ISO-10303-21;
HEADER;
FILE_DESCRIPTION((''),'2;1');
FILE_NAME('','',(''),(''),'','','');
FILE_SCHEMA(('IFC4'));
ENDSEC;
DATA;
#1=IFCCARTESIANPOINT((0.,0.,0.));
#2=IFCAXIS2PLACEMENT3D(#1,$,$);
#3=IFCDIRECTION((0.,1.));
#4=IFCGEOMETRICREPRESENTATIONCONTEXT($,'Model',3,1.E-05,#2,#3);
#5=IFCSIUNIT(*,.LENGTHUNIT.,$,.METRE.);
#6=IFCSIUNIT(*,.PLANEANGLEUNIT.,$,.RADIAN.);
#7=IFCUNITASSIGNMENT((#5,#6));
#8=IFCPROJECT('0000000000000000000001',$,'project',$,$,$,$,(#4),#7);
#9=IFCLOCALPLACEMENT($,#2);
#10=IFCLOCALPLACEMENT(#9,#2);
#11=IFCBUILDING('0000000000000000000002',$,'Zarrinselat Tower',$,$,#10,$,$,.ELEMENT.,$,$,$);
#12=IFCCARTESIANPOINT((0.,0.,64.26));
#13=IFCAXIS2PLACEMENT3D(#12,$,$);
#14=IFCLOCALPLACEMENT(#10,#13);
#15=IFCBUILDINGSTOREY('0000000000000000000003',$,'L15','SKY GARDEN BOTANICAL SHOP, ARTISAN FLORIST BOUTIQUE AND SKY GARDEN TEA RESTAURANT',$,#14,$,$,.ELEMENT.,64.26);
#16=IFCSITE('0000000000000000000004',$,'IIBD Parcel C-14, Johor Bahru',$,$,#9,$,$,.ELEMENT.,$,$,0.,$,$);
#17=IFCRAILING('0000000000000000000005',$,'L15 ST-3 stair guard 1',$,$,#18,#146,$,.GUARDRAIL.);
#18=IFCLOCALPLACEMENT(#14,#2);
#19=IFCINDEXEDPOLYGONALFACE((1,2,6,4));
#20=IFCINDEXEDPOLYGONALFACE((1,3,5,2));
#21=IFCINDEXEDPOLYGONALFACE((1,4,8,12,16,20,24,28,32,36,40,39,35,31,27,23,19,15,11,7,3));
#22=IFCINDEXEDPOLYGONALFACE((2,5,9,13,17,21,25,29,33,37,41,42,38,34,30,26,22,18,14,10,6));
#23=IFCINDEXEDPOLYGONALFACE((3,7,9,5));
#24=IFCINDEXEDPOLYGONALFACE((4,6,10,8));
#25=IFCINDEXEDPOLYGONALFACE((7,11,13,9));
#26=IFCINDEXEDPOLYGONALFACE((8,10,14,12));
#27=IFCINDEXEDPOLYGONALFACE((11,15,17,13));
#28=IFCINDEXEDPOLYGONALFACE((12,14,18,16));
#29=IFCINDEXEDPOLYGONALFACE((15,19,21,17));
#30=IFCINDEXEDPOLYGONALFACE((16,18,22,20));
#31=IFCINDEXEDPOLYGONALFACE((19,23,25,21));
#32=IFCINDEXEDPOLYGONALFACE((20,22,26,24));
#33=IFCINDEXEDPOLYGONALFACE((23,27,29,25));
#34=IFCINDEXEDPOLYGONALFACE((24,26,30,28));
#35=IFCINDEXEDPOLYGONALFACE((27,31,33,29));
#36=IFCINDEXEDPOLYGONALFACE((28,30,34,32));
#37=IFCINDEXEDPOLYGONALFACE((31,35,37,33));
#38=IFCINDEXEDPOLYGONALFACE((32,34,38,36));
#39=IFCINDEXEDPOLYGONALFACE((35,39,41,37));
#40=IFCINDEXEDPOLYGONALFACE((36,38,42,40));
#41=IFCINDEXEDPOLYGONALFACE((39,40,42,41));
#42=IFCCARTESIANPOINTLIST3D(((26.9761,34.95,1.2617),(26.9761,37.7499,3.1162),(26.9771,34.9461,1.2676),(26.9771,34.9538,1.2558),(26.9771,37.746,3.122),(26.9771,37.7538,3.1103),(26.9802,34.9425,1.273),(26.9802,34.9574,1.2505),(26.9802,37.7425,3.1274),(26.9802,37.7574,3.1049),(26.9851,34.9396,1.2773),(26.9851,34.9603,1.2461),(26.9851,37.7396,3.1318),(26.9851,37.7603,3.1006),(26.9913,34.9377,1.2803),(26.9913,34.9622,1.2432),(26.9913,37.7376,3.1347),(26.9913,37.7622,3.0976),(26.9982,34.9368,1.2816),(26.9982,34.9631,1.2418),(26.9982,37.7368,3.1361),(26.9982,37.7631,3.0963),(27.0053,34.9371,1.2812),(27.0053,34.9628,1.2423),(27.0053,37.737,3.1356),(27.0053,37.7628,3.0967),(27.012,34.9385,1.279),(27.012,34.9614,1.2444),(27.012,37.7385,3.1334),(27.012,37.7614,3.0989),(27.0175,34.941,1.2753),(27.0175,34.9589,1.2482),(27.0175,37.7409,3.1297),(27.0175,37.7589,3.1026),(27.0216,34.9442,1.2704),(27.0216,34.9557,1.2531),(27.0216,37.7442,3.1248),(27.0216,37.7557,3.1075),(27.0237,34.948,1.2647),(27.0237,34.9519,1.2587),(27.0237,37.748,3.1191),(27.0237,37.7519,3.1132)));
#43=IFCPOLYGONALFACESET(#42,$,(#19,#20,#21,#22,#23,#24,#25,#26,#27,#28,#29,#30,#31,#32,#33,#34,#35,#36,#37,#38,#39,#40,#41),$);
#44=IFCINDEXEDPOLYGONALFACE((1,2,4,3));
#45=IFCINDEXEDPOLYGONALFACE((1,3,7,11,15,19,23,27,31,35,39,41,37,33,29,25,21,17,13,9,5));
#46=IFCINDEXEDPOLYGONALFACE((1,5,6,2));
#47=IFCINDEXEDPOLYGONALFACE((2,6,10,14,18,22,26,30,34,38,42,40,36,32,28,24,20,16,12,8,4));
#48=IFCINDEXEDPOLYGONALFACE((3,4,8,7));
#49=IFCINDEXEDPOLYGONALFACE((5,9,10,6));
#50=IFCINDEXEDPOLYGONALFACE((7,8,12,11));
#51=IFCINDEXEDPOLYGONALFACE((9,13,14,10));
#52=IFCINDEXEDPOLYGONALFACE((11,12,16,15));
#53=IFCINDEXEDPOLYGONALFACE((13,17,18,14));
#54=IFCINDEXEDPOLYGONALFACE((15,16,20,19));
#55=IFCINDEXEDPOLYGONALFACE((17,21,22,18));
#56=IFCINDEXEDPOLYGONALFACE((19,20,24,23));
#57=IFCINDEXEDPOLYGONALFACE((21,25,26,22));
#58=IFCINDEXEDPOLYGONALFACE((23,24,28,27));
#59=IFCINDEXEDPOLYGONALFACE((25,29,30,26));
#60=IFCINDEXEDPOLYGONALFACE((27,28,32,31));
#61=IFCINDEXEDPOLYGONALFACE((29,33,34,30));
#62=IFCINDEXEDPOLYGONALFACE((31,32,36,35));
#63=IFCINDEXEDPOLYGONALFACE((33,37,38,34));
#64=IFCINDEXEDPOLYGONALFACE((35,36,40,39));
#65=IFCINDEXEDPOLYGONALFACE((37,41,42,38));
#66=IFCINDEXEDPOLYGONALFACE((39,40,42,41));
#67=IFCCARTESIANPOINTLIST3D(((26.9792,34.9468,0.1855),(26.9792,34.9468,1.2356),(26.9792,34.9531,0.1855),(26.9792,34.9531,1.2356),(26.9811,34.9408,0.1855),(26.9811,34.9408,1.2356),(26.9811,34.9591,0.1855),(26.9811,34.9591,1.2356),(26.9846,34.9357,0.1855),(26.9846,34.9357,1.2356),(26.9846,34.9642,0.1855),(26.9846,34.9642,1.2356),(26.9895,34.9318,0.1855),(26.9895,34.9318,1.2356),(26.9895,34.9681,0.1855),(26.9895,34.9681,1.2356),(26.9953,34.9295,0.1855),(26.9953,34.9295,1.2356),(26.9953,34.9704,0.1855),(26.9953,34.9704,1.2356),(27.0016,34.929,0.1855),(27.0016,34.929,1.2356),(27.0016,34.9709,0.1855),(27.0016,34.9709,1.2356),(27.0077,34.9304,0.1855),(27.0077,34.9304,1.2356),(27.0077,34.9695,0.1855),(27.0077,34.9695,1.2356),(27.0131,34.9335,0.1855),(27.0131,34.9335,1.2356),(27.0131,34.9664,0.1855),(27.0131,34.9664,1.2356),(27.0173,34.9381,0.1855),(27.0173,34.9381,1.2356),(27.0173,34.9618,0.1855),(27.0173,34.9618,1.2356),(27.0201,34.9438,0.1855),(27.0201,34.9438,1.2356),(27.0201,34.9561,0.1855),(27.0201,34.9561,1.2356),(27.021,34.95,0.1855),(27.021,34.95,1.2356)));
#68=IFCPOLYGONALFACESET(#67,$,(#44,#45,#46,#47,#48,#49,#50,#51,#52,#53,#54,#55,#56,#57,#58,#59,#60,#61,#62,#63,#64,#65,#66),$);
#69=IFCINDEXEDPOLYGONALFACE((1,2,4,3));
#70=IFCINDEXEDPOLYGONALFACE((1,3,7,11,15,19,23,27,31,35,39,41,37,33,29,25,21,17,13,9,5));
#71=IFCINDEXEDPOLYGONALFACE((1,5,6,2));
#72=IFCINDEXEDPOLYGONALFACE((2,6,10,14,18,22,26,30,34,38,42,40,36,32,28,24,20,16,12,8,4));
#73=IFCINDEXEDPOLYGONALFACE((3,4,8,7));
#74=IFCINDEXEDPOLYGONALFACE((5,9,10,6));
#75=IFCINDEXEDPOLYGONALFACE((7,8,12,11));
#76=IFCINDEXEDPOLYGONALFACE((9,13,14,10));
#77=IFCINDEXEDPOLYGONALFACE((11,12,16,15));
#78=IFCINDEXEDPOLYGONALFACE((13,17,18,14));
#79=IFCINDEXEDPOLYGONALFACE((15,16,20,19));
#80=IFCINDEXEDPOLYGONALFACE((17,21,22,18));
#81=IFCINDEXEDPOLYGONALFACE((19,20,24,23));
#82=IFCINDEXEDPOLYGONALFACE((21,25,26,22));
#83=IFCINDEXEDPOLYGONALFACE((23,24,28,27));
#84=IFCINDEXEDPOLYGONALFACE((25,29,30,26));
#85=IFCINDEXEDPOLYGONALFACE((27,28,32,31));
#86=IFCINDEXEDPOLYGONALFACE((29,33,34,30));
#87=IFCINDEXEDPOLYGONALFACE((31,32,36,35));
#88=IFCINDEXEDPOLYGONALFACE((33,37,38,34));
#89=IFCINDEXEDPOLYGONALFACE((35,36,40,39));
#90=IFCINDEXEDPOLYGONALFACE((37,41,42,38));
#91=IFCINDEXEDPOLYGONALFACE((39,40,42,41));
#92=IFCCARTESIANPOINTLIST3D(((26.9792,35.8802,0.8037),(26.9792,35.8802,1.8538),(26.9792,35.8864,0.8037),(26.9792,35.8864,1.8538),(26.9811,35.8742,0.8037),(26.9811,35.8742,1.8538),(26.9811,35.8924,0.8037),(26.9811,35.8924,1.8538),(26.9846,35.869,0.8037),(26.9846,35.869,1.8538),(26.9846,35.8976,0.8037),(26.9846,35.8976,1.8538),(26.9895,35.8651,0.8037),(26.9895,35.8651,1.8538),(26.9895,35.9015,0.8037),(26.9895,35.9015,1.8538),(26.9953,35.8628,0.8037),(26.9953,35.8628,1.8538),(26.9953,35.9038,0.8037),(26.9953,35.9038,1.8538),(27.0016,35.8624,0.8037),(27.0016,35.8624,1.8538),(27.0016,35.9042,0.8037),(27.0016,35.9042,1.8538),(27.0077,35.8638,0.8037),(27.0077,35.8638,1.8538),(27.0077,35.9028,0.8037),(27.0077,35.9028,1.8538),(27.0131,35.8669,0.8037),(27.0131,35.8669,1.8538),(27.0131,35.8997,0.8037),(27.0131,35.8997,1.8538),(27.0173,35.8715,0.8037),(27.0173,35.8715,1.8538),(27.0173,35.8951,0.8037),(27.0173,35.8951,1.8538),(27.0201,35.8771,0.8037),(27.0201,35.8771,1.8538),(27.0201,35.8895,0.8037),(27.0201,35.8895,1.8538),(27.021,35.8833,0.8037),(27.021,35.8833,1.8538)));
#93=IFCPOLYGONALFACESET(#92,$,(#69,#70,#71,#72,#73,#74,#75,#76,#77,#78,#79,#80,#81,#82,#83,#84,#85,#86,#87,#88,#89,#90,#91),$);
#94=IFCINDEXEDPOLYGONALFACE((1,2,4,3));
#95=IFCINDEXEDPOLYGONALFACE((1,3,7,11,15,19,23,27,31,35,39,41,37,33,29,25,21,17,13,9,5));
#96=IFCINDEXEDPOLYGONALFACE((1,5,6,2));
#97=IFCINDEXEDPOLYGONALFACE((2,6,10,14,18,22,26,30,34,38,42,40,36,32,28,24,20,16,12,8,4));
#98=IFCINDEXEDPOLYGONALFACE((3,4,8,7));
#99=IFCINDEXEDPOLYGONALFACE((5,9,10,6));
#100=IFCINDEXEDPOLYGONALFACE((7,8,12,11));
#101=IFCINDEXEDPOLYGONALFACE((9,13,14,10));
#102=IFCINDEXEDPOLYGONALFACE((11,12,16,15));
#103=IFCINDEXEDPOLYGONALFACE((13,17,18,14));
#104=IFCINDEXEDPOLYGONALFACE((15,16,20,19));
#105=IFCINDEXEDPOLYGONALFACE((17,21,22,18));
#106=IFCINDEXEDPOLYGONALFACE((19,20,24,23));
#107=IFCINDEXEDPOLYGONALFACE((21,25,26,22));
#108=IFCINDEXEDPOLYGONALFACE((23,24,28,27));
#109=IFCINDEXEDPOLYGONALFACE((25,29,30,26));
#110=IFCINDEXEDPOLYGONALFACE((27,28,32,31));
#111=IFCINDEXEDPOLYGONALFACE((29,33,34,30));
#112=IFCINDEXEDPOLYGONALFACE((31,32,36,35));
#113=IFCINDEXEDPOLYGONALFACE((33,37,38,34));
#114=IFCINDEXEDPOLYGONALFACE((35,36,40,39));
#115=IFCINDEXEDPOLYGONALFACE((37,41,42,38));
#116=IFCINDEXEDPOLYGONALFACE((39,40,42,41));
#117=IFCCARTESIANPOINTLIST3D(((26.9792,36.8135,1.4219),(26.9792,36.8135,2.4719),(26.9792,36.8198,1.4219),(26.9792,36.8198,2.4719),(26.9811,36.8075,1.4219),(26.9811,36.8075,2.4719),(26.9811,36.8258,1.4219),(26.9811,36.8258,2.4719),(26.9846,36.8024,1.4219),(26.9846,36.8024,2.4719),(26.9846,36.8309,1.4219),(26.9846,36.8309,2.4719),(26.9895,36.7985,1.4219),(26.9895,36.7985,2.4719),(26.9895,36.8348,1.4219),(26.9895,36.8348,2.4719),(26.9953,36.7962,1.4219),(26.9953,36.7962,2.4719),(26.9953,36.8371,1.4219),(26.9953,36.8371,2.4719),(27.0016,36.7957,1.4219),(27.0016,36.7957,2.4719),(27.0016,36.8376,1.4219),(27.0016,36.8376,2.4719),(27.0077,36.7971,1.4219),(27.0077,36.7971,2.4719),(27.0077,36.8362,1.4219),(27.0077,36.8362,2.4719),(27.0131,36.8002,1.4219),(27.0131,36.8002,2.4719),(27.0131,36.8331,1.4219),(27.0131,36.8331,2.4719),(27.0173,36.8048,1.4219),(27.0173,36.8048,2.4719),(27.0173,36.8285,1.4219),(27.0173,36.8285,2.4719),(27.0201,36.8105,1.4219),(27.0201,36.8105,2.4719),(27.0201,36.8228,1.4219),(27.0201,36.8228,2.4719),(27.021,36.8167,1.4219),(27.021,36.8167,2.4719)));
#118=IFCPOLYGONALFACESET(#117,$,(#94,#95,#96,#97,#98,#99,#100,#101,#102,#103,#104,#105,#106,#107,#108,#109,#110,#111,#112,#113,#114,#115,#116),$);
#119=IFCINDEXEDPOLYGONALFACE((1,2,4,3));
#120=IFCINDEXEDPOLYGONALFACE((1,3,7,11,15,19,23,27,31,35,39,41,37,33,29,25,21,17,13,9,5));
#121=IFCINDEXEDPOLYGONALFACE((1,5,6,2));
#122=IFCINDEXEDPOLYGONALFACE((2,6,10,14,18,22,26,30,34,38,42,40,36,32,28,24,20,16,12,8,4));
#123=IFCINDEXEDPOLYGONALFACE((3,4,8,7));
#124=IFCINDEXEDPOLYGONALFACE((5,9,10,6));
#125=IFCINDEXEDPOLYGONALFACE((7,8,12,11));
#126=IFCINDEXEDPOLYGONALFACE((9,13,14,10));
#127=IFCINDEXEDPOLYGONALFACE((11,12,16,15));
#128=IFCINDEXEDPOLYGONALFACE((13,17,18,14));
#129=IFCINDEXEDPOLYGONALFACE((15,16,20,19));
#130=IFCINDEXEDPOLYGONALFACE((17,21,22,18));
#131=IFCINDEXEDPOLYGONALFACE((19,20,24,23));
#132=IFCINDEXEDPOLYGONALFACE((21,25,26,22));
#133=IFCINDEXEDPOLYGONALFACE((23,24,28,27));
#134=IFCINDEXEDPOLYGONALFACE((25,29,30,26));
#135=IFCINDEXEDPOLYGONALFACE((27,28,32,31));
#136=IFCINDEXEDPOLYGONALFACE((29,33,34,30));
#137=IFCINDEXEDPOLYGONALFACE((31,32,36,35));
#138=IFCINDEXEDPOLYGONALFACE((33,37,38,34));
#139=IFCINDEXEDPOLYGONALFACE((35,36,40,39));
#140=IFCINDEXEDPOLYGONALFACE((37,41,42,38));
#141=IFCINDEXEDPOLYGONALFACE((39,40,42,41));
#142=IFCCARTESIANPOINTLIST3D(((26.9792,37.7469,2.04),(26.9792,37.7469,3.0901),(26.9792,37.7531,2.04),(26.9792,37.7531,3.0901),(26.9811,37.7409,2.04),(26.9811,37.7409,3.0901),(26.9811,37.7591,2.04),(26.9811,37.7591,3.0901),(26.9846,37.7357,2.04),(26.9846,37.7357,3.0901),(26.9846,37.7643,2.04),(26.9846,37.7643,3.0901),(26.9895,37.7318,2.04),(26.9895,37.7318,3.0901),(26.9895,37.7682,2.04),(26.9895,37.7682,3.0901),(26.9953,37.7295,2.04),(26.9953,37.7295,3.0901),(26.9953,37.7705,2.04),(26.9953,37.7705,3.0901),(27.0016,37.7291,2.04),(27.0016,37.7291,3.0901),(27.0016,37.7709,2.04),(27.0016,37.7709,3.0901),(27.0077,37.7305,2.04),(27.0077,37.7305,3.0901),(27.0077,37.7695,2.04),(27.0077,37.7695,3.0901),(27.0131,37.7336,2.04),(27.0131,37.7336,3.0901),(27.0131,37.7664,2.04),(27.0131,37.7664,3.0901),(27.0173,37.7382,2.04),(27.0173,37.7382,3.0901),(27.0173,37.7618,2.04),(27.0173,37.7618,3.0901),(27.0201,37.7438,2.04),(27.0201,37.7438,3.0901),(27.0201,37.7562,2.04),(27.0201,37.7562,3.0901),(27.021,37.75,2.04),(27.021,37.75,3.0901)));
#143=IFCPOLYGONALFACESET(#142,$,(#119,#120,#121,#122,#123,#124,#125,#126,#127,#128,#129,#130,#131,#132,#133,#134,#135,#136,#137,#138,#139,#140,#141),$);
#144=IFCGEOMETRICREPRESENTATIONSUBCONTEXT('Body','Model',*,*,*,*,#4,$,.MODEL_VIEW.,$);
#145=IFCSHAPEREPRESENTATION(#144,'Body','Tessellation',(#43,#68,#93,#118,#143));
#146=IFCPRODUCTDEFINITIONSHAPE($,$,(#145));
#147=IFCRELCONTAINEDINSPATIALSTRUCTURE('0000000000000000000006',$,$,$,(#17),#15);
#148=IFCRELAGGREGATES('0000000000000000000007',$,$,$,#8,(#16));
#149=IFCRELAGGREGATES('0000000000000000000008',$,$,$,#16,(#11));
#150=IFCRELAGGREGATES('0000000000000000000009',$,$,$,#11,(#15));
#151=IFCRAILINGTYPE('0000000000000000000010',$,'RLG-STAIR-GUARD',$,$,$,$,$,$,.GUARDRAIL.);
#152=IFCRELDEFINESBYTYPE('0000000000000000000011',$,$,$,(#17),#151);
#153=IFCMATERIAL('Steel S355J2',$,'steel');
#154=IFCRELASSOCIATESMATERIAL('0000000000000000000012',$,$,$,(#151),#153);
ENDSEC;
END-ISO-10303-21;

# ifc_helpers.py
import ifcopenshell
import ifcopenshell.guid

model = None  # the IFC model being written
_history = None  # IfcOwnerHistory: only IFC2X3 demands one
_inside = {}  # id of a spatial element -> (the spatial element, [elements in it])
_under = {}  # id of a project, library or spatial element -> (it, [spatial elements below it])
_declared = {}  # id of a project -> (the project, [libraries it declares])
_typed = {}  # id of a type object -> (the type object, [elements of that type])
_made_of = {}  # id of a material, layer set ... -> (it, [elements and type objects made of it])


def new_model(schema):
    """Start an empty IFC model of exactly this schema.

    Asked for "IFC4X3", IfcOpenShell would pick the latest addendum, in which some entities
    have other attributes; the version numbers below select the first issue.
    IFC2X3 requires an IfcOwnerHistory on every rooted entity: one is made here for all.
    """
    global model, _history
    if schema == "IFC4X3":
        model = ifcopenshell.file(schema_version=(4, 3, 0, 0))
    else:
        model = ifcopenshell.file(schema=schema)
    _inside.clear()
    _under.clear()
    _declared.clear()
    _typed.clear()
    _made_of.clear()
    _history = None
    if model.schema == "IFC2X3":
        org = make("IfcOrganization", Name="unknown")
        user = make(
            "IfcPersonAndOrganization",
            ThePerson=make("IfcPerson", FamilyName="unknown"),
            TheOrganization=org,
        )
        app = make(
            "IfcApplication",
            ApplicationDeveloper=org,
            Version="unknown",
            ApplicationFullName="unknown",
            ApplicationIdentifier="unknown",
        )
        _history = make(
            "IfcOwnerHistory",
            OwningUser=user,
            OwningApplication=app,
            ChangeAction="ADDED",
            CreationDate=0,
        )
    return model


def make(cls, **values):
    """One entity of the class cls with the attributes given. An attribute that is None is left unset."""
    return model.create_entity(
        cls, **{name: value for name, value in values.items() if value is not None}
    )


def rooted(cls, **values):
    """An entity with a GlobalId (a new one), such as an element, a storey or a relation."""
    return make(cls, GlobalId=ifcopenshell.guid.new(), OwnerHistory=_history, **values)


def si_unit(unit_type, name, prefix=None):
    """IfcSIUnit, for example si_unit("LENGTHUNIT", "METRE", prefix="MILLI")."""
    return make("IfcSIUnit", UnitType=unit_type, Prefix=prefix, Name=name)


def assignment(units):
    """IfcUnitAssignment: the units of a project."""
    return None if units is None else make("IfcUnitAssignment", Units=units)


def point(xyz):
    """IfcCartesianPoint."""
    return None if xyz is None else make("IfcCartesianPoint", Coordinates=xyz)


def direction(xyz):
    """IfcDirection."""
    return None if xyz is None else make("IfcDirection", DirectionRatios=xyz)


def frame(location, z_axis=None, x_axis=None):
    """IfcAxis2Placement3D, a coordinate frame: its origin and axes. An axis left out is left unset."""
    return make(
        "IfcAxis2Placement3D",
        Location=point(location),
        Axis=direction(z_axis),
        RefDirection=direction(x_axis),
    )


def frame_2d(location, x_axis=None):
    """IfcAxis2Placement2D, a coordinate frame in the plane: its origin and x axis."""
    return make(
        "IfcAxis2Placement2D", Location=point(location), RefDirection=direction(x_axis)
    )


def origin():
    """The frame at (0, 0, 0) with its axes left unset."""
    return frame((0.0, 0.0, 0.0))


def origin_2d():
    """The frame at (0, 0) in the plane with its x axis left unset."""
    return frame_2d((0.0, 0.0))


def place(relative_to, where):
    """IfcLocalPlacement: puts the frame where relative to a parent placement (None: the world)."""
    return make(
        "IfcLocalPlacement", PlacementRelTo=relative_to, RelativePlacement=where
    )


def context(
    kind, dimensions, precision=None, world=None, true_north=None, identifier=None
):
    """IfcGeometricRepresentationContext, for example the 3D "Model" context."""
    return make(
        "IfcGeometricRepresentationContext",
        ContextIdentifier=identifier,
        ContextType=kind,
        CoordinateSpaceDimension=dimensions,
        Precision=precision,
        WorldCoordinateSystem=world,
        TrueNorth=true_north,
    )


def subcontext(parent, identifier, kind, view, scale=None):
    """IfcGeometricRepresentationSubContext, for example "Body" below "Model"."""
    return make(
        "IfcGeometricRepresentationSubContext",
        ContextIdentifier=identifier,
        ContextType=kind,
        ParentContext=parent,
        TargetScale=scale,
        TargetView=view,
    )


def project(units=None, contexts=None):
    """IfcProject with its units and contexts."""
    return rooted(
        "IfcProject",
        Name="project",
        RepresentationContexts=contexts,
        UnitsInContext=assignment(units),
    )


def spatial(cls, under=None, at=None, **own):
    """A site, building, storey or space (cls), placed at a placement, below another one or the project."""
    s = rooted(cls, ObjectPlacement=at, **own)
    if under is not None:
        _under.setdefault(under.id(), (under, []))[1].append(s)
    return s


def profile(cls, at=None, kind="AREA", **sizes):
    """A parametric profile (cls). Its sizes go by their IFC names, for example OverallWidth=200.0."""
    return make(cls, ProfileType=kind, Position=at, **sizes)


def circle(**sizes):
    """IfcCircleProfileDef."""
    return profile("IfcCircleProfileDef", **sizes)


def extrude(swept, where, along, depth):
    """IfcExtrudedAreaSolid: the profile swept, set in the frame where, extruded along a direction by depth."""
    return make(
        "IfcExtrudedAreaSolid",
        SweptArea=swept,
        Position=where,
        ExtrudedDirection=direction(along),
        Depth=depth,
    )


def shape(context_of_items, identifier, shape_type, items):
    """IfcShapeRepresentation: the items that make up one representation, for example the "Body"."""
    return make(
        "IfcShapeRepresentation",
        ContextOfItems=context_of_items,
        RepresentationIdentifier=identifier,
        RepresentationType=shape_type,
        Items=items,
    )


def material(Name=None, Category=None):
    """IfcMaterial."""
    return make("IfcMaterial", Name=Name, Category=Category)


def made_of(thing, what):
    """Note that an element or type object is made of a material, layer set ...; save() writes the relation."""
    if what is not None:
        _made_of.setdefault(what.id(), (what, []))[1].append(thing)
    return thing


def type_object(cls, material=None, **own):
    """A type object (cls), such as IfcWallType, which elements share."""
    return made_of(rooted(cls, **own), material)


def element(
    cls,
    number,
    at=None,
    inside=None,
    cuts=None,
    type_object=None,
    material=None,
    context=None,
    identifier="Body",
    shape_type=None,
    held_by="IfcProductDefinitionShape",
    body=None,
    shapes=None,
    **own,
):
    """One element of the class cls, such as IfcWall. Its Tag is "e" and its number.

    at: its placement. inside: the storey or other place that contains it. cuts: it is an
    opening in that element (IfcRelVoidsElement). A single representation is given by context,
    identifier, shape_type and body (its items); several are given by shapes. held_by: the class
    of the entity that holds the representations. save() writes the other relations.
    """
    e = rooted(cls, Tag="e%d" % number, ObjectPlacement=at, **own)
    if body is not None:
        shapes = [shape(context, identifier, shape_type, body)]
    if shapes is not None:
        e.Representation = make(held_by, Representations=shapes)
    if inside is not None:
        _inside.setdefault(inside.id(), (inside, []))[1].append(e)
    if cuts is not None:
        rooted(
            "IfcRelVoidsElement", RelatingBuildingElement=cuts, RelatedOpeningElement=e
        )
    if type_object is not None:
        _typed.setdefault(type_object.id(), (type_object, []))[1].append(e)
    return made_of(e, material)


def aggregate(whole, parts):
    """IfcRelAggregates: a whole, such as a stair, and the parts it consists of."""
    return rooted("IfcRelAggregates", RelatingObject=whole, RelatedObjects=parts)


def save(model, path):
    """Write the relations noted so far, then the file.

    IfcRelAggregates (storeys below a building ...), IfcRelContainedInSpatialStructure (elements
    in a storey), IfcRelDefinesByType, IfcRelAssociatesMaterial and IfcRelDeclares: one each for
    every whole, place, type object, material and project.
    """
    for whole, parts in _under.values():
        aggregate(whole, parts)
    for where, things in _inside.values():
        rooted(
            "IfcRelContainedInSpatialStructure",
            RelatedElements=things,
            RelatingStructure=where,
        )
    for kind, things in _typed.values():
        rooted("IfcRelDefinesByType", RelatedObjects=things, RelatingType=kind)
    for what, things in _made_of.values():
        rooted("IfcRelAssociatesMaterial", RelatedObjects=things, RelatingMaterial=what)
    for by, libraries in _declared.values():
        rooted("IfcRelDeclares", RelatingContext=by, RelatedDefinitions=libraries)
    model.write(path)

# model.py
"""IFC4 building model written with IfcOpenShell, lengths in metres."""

from ifc_helpers import new_model, si_unit, direction, frame, origin, origin_2d, place, context, subcontext, project, spatial, circle, extrude, material, type_object, element, save


model = new_model("IFC4")

# Units and contexts
model_context = context("Model", 3, precision=1e-05, world=origin(), true_north=direction((0.0, 1.0)))
body_context = subcontext(model_context, "Body", "Model", "MODEL_VIEW")
ifc_project = project(units=[si_unit("LENGTHUNIT", "METRE"), si_unit("PLANEANGLEUNIT", "RADIAN")], contexts=[model_context])

# Site, building, storey
site_placement = place(None, origin())
site = spatial("IfcSite", under=ifc_project, at=site_placement, Name="IIBD Parcel C-14, Johor Bahru", CompositionType="ELEMENT", RefElevation=0.0)
building_placement = place(site_placement, origin())
building = spatial("IfcBuilding", under=site, at=building_placement, Name="Zarrinselat Tower", CompositionType="ELEMENT")
storey_placement = place(building_placement, frame((0.0, 0.0, 64.26)))
storey = spatial("IfcBuildingStorey", under=building, at=storey_placement, Name="L15", Description="SKY GARDEN BOTANICAL SHOP, ARTISAN FLORIST BOUTIQUE AND SKY GARDEN TEA RESTAURANT", CompositionType="ELEMENT", Elevation=64.26)

# Railing
ifc_material_1 = material(Name="Steel S355J2", Category="steel")
railing_type = type_object("IfcRailingType", Name="RLG-STAIR-GUARD", PredefinedType="GUARDRAIL", material=ifc_material_1)
railing_1_placement = place(storey_placement, frame((27.0, 34.95, 0.1855)))
element("IfcRailing", 1, at=railing_1_placement, inside=storey, type_object=railing_type, Name="L15 ST-3 stair guard 1", PredefinedType="GUARDRAIL", context=body_context, shape_type="SweptSolid", body=[
    extrude(circle(Radius=0.0239, at=origin_2d()), frame((0.0, 0.0, 1.0762), z_axis=(0.0, 0.833724, 0.552181), x_axis=(-1.0, 0.0, 0.0)), (0.0, 0.0, 1.0), 3.3584),
    extrude(circle(Radius=0.021, at=origin_2d()), origin(), (0.0, 0.0, 1.0), 1.05),
    extrude(circle(Radius=0.021, at=origin_2d()), frame((0.0, 0.9333, 0.6182)), (0.0, 0.0, 1.0), 1.05),
    extrude(circle(Radius=0.021, at=origin_2d()), frame((0.0, 1.8667, 1.2363)), (0.0, 0.0, 1.0), 1.05),
    extrude(circle(Radius=0.021, at=origin_2d()), frame((0.0, 2.8, 1.8545)), (0.0, 0.0, 1.0), 1.05),
])

save(model, "model.ifc")
